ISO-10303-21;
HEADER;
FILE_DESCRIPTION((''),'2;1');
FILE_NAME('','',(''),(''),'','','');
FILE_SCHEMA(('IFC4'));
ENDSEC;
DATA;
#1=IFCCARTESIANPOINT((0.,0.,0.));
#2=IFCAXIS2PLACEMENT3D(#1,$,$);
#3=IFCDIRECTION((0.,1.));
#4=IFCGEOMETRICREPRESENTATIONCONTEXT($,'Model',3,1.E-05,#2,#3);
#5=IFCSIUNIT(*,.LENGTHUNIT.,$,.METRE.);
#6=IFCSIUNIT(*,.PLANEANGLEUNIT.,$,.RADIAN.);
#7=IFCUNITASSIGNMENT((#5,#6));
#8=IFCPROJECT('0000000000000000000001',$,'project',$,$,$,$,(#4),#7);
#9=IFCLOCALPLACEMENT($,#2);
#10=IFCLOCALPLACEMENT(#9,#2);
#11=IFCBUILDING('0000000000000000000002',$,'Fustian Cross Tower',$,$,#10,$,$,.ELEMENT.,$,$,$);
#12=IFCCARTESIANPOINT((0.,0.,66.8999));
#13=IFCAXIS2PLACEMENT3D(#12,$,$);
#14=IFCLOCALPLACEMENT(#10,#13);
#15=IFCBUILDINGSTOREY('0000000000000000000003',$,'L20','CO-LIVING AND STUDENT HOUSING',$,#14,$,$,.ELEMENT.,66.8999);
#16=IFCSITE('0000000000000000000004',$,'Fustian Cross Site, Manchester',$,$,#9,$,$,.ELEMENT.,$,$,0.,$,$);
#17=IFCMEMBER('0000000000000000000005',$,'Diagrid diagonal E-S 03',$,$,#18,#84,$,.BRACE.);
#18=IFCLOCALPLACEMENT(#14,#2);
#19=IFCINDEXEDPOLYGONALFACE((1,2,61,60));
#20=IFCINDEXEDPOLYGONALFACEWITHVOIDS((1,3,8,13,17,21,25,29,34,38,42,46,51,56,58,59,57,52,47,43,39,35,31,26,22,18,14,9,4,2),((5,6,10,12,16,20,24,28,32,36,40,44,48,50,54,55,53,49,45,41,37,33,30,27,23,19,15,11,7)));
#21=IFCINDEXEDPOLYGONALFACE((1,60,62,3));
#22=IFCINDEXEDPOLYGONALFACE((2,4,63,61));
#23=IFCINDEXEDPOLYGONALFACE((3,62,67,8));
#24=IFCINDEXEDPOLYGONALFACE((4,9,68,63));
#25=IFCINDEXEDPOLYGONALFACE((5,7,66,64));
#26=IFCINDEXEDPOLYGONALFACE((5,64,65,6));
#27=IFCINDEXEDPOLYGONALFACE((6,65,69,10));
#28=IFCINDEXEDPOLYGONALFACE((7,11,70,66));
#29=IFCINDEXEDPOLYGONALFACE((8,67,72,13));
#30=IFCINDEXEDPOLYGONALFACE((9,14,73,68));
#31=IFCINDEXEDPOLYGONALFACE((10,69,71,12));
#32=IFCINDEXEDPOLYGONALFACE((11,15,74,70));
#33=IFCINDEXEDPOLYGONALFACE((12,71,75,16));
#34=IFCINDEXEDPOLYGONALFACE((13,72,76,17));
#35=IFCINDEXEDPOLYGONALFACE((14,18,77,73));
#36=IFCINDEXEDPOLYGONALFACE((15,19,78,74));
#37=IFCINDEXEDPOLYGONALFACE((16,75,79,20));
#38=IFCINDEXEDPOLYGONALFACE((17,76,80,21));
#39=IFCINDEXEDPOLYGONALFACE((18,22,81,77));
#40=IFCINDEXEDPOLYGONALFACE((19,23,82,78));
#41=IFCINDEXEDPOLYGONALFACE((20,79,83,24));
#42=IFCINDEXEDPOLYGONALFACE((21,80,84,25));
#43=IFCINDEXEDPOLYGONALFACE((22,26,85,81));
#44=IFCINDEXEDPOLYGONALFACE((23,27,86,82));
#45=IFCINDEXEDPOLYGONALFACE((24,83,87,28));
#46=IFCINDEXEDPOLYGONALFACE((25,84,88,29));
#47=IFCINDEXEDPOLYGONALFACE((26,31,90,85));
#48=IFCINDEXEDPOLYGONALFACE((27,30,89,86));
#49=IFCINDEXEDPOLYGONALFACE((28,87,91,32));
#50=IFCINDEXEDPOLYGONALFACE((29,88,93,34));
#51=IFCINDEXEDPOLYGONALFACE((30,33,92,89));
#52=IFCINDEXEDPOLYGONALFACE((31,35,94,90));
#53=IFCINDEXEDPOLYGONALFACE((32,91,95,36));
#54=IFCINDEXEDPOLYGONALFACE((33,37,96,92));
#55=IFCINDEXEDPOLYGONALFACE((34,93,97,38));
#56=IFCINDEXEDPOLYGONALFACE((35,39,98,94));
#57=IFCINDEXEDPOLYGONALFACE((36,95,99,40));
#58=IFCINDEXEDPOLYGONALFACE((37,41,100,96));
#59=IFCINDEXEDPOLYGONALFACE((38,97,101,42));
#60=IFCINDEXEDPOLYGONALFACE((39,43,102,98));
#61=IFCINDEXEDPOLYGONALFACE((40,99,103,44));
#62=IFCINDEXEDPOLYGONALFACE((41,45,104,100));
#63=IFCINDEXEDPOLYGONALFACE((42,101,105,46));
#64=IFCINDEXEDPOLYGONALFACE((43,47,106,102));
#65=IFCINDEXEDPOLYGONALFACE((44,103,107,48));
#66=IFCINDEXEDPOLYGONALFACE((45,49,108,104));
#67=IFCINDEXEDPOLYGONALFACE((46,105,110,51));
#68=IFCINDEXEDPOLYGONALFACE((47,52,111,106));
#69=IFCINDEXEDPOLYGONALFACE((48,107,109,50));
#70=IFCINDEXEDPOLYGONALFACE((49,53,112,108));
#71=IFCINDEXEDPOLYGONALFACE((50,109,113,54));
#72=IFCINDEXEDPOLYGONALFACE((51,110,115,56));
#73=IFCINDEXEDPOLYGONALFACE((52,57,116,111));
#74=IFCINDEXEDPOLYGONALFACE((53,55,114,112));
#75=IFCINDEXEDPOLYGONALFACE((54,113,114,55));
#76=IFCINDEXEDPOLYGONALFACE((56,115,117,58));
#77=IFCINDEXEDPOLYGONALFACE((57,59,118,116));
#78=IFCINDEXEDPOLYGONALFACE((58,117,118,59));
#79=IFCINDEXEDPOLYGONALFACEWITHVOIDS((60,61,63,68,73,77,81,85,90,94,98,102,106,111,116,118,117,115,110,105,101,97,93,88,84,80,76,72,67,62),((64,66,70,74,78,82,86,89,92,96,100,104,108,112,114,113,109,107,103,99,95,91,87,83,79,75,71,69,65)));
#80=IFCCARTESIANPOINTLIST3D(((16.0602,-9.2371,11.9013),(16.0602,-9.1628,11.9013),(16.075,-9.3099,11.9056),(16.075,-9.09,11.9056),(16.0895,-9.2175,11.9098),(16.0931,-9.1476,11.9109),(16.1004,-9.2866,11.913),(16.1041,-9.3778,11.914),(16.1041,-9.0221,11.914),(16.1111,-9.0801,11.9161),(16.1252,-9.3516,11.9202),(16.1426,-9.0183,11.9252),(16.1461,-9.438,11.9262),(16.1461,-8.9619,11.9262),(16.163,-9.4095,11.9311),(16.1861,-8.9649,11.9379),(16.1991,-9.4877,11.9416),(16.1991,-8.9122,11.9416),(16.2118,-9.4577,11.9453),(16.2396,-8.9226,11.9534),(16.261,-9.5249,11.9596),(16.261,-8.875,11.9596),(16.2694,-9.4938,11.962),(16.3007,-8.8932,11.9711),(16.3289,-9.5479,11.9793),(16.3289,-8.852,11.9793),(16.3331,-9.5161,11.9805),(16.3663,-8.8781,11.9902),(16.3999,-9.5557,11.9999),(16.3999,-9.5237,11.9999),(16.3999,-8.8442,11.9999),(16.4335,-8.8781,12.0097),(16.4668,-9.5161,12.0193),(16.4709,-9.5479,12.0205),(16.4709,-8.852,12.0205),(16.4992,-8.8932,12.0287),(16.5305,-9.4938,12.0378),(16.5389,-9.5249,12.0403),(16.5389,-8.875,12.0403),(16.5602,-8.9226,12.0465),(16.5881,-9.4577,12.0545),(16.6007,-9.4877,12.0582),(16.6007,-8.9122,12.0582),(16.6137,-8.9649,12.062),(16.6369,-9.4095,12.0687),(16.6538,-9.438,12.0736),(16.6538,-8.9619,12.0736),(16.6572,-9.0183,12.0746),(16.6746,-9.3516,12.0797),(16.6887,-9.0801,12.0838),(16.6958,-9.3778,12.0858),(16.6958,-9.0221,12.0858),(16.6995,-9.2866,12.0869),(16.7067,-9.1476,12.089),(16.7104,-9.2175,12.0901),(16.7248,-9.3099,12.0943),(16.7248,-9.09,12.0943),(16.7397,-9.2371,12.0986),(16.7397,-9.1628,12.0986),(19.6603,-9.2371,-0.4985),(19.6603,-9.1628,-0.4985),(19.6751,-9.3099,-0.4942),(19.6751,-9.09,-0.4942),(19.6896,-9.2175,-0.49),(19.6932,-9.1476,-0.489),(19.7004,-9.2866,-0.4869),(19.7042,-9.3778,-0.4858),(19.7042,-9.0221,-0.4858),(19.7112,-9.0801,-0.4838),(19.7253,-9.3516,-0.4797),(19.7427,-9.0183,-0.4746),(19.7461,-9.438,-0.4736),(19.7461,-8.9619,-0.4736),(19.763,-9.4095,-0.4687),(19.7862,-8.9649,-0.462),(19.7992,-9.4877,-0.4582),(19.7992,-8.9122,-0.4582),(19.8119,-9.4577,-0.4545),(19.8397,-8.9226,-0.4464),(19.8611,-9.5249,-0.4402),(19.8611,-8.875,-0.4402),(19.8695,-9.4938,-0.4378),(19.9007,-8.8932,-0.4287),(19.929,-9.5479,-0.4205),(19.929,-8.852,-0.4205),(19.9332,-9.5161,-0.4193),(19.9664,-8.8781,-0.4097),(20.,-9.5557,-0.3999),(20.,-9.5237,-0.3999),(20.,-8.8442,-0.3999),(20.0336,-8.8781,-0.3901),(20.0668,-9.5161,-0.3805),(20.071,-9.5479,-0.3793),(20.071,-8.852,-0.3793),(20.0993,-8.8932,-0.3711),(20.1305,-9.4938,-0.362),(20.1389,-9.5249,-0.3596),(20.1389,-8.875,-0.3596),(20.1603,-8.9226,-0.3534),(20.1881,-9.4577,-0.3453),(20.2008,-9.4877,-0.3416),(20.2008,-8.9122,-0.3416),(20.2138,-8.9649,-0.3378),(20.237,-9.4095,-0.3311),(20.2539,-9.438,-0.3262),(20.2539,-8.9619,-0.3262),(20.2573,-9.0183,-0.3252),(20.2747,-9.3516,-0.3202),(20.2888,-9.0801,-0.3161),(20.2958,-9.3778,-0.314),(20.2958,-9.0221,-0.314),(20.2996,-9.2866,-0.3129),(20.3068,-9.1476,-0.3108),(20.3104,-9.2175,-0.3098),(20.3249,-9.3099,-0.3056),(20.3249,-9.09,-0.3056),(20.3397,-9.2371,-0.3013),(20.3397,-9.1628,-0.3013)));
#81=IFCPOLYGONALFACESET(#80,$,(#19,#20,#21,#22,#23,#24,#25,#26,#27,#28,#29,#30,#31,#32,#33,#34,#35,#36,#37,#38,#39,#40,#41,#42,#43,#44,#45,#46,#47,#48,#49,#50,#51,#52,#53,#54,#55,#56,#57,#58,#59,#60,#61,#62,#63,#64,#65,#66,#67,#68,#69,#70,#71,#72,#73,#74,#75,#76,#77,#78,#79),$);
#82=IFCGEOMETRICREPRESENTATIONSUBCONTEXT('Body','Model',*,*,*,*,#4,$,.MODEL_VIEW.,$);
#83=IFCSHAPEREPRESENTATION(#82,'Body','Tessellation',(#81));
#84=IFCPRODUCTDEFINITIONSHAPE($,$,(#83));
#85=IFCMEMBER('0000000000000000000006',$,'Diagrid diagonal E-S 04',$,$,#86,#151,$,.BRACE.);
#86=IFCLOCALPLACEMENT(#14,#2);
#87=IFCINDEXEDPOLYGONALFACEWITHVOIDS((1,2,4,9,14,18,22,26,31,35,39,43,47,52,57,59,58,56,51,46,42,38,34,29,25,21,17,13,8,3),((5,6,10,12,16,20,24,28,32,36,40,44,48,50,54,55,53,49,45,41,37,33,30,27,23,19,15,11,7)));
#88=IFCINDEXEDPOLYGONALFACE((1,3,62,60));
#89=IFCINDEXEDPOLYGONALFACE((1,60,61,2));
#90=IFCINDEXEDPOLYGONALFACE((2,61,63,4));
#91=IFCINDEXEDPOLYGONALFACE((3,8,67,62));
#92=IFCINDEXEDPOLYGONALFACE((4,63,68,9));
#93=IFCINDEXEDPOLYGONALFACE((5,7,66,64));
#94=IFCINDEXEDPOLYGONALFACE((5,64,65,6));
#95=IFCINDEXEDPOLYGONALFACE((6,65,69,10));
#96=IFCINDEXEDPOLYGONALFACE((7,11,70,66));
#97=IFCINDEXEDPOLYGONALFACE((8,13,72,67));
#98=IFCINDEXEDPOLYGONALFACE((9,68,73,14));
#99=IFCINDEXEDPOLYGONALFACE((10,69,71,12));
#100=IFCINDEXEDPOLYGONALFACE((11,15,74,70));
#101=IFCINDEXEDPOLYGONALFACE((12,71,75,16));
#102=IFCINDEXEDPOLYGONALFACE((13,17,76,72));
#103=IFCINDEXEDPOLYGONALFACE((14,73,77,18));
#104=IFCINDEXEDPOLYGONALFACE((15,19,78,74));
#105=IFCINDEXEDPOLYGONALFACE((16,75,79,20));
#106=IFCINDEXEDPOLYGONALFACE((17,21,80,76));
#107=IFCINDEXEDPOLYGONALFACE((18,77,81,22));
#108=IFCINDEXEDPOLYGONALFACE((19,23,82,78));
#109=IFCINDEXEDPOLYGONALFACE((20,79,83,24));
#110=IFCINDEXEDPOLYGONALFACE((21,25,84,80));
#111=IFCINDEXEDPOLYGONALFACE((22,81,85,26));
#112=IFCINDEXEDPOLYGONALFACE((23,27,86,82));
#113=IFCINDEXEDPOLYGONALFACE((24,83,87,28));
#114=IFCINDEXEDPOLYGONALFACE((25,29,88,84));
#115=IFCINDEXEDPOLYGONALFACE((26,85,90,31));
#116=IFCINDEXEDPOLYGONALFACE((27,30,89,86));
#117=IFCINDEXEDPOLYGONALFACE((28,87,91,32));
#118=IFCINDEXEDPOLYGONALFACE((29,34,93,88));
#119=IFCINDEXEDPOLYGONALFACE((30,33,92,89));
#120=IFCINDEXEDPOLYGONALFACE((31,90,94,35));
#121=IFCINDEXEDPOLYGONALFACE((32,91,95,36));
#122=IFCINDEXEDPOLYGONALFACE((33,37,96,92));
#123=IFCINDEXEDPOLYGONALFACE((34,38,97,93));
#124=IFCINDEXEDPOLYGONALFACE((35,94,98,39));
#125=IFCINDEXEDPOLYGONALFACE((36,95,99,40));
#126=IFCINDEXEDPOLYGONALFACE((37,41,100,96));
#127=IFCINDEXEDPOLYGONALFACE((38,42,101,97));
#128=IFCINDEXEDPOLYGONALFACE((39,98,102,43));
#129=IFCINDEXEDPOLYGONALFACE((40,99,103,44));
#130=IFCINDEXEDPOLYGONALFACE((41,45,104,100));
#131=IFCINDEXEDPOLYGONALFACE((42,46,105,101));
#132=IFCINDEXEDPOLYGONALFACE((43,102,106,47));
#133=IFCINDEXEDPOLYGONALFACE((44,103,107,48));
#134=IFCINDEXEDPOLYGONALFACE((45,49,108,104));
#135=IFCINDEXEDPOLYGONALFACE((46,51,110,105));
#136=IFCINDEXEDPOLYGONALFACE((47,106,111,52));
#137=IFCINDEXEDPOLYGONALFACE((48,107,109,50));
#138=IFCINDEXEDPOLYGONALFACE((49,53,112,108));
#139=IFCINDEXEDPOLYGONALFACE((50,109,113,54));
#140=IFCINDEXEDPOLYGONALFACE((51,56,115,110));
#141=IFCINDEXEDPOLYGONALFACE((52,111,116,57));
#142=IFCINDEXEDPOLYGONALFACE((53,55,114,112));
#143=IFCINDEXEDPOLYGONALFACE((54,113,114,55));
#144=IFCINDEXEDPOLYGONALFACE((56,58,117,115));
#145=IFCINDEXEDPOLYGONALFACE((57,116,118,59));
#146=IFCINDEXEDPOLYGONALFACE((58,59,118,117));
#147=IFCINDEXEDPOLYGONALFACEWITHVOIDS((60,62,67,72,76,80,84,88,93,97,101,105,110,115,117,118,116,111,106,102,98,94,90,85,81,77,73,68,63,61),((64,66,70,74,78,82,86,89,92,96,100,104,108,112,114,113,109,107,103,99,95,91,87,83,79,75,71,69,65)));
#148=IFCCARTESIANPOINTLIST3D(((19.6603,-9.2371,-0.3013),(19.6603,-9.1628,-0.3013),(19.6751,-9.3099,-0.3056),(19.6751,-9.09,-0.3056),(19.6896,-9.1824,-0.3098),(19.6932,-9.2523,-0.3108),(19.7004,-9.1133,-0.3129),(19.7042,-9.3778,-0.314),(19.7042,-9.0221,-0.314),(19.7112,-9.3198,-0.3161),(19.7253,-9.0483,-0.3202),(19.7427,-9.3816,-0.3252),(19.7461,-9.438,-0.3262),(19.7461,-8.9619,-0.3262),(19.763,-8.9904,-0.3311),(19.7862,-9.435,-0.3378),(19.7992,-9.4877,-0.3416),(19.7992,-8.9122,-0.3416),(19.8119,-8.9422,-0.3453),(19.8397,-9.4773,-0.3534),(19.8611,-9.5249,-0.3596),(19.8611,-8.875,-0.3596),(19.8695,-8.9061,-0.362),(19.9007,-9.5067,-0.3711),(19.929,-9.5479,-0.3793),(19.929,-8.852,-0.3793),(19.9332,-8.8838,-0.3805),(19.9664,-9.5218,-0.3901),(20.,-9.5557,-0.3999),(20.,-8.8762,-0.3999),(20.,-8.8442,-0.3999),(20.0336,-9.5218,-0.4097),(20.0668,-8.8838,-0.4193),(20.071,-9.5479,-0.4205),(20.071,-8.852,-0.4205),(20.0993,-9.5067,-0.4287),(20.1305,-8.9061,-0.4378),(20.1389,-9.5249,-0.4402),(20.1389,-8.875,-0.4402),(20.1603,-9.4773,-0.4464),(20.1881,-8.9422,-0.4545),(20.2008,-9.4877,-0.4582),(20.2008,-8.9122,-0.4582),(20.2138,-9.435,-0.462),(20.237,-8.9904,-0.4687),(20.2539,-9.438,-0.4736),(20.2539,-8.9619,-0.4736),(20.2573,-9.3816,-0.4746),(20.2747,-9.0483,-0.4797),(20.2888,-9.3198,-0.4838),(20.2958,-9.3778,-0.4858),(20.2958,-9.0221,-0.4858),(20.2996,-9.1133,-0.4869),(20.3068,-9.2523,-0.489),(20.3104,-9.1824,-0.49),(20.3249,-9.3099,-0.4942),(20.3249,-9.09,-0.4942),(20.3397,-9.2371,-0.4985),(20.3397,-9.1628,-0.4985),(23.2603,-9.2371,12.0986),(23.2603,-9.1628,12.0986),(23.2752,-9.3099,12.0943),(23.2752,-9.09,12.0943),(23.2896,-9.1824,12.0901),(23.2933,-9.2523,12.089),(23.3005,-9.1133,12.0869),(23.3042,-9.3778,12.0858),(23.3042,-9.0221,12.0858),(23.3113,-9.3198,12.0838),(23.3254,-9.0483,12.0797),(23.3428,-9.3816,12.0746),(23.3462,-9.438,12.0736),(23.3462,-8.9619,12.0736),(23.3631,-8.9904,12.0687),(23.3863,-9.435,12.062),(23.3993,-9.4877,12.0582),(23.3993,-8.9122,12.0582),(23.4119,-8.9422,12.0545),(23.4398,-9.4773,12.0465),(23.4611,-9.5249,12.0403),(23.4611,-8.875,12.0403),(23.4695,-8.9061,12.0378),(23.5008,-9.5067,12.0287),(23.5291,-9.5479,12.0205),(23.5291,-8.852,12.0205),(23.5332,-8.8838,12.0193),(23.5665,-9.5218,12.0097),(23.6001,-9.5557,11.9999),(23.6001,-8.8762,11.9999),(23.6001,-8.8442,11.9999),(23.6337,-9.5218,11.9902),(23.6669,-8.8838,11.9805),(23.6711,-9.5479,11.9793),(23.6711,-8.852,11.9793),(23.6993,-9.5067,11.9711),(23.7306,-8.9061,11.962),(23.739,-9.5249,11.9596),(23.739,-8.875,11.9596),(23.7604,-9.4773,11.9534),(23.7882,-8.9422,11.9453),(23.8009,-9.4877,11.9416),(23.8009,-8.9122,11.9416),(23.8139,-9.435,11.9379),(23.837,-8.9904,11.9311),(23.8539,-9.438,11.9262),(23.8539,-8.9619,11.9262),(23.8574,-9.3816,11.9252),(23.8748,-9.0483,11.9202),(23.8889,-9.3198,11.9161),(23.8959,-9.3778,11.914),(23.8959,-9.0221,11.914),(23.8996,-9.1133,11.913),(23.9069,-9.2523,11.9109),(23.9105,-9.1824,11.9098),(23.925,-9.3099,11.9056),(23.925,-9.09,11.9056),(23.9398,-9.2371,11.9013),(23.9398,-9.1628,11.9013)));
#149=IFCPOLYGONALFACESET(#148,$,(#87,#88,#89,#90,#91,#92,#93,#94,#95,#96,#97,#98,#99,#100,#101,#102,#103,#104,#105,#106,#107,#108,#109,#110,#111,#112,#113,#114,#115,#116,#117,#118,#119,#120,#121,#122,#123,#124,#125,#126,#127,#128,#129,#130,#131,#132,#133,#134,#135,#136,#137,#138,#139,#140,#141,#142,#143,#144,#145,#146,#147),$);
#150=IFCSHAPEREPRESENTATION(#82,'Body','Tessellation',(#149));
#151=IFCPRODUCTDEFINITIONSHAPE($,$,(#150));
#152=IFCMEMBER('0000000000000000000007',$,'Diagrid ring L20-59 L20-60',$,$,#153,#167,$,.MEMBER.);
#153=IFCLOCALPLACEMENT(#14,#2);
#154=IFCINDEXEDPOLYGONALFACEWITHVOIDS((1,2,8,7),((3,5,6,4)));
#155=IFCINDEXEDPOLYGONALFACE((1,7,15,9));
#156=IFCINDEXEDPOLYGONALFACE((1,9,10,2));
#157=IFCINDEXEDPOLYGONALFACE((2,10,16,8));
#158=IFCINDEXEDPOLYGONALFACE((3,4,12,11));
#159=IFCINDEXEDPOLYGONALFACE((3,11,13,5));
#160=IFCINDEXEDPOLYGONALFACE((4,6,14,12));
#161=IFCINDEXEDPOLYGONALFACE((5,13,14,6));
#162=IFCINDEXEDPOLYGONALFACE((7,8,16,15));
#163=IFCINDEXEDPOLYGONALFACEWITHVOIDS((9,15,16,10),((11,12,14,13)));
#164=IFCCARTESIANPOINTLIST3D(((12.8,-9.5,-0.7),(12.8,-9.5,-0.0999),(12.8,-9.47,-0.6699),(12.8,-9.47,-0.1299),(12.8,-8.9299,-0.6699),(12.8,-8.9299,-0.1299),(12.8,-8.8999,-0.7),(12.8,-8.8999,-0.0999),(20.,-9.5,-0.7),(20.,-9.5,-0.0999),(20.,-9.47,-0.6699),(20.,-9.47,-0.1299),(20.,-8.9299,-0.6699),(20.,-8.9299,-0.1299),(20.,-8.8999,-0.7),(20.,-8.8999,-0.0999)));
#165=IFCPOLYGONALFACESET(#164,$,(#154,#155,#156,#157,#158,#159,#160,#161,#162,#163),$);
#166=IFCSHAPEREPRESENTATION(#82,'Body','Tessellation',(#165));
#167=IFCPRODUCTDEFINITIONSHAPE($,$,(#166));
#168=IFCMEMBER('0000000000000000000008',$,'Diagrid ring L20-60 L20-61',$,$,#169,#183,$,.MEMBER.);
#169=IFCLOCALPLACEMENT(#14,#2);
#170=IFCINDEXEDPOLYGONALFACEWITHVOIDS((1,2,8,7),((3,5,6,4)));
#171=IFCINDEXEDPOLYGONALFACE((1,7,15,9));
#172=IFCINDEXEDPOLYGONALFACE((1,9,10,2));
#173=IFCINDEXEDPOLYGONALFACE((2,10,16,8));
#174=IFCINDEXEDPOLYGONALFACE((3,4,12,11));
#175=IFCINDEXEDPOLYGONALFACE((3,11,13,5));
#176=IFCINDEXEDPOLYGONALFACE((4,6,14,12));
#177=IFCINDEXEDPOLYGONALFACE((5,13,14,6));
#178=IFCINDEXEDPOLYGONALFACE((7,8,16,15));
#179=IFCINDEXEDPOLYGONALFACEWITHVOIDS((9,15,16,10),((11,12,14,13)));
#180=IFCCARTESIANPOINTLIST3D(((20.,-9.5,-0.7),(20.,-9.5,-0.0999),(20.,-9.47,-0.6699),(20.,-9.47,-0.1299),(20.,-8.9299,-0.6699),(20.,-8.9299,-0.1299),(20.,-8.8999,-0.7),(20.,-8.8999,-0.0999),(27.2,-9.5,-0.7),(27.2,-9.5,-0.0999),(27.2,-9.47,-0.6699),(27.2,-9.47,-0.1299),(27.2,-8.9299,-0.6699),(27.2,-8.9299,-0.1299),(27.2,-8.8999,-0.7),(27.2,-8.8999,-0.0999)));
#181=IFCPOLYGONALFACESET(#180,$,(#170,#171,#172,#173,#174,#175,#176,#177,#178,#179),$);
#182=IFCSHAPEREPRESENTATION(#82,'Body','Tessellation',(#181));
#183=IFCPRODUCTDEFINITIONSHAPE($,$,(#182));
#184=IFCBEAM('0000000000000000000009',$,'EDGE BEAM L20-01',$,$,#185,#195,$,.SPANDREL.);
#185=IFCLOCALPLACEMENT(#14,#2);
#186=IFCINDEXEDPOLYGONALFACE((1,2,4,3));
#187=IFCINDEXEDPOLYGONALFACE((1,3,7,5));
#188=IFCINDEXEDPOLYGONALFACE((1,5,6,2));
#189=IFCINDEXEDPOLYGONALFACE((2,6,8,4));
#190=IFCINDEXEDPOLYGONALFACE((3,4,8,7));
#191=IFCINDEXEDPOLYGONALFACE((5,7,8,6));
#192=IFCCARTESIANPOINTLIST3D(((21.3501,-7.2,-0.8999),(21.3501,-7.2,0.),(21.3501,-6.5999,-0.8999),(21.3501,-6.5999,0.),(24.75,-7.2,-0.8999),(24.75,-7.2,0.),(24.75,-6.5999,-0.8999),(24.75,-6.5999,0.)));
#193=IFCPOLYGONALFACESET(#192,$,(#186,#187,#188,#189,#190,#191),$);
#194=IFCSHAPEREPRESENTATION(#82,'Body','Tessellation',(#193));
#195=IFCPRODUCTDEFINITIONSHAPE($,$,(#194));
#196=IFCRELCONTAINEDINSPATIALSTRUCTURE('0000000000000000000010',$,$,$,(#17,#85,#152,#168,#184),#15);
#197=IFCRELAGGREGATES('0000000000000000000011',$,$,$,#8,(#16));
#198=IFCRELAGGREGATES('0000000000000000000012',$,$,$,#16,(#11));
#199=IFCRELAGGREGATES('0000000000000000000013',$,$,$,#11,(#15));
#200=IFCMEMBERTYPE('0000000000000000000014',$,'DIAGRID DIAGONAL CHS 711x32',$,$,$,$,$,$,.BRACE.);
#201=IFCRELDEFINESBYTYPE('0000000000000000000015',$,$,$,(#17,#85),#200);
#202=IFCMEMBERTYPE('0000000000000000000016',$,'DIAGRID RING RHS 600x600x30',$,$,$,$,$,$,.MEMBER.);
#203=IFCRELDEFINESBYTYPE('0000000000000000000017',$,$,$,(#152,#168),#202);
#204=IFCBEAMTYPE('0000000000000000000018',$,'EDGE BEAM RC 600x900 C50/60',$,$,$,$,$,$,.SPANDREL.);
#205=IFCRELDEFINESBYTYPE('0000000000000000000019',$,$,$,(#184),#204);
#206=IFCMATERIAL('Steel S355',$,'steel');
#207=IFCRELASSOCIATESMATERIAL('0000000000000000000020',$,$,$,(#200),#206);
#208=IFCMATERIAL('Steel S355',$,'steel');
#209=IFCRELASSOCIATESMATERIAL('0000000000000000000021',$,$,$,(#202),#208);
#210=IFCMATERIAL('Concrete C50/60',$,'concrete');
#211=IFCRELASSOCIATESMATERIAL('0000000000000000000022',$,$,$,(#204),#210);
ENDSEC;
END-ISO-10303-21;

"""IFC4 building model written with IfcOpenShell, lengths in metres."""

from ifc_helpers import new_model, si_unit, direction, frame, origin, origin_2d, place, context, subcontext, project, spatial, rectangle, hollow_rectangle, hollow_circle, extrude, material, material_profile, profile_set, type_object, element, save


model = new_model("IFC4")

# Units and contexts
model_context = context("Model", 3, precision=1e-05, world=origin(), true_north=direction((0.0, 1.0)))
body_context = subcontext(model_context, "Body", "Model", "MODEL_VIEW")
ifc_project = project(units=[si_unit("LENGTHUNIT", "METRE"), si_unit("PLANEANGLEUNIT", "RADIAN")], contexts=[model_context])

# Site, building, storey
site_placement = place(None, origin())
site = spatial("IfcSite", under=ifc_project, at=site_placement, Name="Fustian Cross Site, Manchester", CompositionType="ELEMENT", RefElevation=0.0)
building_placement = place(site_placement, origin())
building = spatial("IfcBuilding", under=site, at=building_placement, Name="Fustian Cross Tower", CompositionType="ELEMENT")
storey_placement = place(building_placement, frame((0.0, 0.0, 66.8999)))
storey = spatial("IfcBuildingStorey", under=building, at=storey_placement, Name="L20", Description="CO-LIVING AND STUDENT HOUSING", CompositionType="ELEMENT", Elevation=66.8999)

# Members
ifc_material_1 = material(Name="Steel S355", Category="steel")
ifc_material_profile_1 = material_profile(ifc_material_1, hollow_circle(Radius=0.3557, WallThickness=0.032, at=origin_2d()), Name="CHS 711x32")
ifc_profile_set_1 = profile_set([ifc_material_profile_1], Name="Steel S355")
member_type_1 = type_object("IfcMemberType", Name="DIAGRID DIAGONAL CHS 711x32", PredefinedType="BRACE", material=ifc_profile_set_1)
for number, where, z_axis, x_axis, name in (
    (1, (20.0, -9.2, -0.3999), (-0.278819, 0.0, 0.960344), (0.0, -1.0, 0.0), "Diagrid diagonal E-S 03"),
    (2, (20.0, -9.2, -0.3999), (0.278819, 0.0, 0.960344), (0.0, 1.0, 0.0), "Diagrid diagonal E-S 04"),
):
    element("IfcMember", number, at=place(storey_placement, frame(where, z_axis=z_axis, x_axis=x_axis)), inside=storey, type_object=member_type_1, Name=name, PredefinedType="BRACE", context=body_context, shape_type="SweptSolid", body=[
        extrude(hollow_circle(Radius=0.3557, WallThickness=0.032, at=origin_2d()), origin(), (0.0, 0.0, 1.0), 12.9119),
    ])
ifc_material_2 = material(Name="Steel S355", Category="steel")
ifc_material_profile_2 = material_profile(ifc_material_2, hollow_rectangle(XDim=0.6001, YDim=0.6001, WallThickness=0.03, at=origin_2d()), Name="RHS 600x600x30")
ifc_profile_set_2 = profile_set([ifc_material_profile_2], Name="Steel S355")
member_type_2 = type_object("IfcMemberType", Name="DIAGRID RING RHS 600x600x30", PredefinedType="MEMBER", material=ifc_profile_set_2)
for number, where, z_axis, x_axis, name in (
    (3, (12.8, -9.2, -0.3999), (1.0, 0.0, 0.0), (0.0, 1.0, 0.0), "Diagrid ring L20-59 L20-60"),
    (4, (20.0, -9.2, -0.3999), (1.0, 0.0, 0.0), (0.0, 1.0, 0.0), "Diagrid ring L20-60 L20-61"),
):
    element("IfcMember", number, at=place(storey_placement, frame(where, z_axis=z_axis, x_axis=x_axis)), inside=storey, type_object=member_type_2, Name=name, PredefinedType="MEMBER", context=body_context, shape_type="SweptSolid", body=[
        extrude(hollow_rectangle(XDim=0.6001, YDim=0.6001, WallThickness=0.03, at=origin_2d()), origin(), (0.0, 0.0, 1.0), 7.2),
    ])

# Beam
ifc_material_3 = material(Name="Concrete C50/60", Category="concrete")
ifc_material_profile_3 = material_profile(ifc_material_3, rectangle(XDim=0.6001, YDim=0.8999, at=origin_2d()), Name="RC 600x900")
ifc_profile_set_3 = profile_set([ifc_material_profile_3], Name="Concrete C50/60")
beam_type = type_object("IfcBeamType", Name="EDGE BEAM RC 600x900 C50/60", PredefinedType="SPANDREL", material=ifc_profile_set_3)
beam_1_placement = place(storey_placement, frame((21.3501, -6.8999, -0.45), z_axis=(1.0, 0.0, 0.0), x_axis=(0.0, 1.0, 0.0)))
element("IfcBeam", 5, at=beam_1_placement, inside=storey, type_object=beam_type, Name="EDGE BEAM L20-01", PredefinedType="SPANDREL", context=body_context, shape_type="SweptSolid", body=[
    extrude(rectangle(XDim=0.6001, YDim=0.8999, at=origin_2d()), origin(), (0.0, 0.0, 1.0), 3.3999),
])

save(model, "model.ifc")
